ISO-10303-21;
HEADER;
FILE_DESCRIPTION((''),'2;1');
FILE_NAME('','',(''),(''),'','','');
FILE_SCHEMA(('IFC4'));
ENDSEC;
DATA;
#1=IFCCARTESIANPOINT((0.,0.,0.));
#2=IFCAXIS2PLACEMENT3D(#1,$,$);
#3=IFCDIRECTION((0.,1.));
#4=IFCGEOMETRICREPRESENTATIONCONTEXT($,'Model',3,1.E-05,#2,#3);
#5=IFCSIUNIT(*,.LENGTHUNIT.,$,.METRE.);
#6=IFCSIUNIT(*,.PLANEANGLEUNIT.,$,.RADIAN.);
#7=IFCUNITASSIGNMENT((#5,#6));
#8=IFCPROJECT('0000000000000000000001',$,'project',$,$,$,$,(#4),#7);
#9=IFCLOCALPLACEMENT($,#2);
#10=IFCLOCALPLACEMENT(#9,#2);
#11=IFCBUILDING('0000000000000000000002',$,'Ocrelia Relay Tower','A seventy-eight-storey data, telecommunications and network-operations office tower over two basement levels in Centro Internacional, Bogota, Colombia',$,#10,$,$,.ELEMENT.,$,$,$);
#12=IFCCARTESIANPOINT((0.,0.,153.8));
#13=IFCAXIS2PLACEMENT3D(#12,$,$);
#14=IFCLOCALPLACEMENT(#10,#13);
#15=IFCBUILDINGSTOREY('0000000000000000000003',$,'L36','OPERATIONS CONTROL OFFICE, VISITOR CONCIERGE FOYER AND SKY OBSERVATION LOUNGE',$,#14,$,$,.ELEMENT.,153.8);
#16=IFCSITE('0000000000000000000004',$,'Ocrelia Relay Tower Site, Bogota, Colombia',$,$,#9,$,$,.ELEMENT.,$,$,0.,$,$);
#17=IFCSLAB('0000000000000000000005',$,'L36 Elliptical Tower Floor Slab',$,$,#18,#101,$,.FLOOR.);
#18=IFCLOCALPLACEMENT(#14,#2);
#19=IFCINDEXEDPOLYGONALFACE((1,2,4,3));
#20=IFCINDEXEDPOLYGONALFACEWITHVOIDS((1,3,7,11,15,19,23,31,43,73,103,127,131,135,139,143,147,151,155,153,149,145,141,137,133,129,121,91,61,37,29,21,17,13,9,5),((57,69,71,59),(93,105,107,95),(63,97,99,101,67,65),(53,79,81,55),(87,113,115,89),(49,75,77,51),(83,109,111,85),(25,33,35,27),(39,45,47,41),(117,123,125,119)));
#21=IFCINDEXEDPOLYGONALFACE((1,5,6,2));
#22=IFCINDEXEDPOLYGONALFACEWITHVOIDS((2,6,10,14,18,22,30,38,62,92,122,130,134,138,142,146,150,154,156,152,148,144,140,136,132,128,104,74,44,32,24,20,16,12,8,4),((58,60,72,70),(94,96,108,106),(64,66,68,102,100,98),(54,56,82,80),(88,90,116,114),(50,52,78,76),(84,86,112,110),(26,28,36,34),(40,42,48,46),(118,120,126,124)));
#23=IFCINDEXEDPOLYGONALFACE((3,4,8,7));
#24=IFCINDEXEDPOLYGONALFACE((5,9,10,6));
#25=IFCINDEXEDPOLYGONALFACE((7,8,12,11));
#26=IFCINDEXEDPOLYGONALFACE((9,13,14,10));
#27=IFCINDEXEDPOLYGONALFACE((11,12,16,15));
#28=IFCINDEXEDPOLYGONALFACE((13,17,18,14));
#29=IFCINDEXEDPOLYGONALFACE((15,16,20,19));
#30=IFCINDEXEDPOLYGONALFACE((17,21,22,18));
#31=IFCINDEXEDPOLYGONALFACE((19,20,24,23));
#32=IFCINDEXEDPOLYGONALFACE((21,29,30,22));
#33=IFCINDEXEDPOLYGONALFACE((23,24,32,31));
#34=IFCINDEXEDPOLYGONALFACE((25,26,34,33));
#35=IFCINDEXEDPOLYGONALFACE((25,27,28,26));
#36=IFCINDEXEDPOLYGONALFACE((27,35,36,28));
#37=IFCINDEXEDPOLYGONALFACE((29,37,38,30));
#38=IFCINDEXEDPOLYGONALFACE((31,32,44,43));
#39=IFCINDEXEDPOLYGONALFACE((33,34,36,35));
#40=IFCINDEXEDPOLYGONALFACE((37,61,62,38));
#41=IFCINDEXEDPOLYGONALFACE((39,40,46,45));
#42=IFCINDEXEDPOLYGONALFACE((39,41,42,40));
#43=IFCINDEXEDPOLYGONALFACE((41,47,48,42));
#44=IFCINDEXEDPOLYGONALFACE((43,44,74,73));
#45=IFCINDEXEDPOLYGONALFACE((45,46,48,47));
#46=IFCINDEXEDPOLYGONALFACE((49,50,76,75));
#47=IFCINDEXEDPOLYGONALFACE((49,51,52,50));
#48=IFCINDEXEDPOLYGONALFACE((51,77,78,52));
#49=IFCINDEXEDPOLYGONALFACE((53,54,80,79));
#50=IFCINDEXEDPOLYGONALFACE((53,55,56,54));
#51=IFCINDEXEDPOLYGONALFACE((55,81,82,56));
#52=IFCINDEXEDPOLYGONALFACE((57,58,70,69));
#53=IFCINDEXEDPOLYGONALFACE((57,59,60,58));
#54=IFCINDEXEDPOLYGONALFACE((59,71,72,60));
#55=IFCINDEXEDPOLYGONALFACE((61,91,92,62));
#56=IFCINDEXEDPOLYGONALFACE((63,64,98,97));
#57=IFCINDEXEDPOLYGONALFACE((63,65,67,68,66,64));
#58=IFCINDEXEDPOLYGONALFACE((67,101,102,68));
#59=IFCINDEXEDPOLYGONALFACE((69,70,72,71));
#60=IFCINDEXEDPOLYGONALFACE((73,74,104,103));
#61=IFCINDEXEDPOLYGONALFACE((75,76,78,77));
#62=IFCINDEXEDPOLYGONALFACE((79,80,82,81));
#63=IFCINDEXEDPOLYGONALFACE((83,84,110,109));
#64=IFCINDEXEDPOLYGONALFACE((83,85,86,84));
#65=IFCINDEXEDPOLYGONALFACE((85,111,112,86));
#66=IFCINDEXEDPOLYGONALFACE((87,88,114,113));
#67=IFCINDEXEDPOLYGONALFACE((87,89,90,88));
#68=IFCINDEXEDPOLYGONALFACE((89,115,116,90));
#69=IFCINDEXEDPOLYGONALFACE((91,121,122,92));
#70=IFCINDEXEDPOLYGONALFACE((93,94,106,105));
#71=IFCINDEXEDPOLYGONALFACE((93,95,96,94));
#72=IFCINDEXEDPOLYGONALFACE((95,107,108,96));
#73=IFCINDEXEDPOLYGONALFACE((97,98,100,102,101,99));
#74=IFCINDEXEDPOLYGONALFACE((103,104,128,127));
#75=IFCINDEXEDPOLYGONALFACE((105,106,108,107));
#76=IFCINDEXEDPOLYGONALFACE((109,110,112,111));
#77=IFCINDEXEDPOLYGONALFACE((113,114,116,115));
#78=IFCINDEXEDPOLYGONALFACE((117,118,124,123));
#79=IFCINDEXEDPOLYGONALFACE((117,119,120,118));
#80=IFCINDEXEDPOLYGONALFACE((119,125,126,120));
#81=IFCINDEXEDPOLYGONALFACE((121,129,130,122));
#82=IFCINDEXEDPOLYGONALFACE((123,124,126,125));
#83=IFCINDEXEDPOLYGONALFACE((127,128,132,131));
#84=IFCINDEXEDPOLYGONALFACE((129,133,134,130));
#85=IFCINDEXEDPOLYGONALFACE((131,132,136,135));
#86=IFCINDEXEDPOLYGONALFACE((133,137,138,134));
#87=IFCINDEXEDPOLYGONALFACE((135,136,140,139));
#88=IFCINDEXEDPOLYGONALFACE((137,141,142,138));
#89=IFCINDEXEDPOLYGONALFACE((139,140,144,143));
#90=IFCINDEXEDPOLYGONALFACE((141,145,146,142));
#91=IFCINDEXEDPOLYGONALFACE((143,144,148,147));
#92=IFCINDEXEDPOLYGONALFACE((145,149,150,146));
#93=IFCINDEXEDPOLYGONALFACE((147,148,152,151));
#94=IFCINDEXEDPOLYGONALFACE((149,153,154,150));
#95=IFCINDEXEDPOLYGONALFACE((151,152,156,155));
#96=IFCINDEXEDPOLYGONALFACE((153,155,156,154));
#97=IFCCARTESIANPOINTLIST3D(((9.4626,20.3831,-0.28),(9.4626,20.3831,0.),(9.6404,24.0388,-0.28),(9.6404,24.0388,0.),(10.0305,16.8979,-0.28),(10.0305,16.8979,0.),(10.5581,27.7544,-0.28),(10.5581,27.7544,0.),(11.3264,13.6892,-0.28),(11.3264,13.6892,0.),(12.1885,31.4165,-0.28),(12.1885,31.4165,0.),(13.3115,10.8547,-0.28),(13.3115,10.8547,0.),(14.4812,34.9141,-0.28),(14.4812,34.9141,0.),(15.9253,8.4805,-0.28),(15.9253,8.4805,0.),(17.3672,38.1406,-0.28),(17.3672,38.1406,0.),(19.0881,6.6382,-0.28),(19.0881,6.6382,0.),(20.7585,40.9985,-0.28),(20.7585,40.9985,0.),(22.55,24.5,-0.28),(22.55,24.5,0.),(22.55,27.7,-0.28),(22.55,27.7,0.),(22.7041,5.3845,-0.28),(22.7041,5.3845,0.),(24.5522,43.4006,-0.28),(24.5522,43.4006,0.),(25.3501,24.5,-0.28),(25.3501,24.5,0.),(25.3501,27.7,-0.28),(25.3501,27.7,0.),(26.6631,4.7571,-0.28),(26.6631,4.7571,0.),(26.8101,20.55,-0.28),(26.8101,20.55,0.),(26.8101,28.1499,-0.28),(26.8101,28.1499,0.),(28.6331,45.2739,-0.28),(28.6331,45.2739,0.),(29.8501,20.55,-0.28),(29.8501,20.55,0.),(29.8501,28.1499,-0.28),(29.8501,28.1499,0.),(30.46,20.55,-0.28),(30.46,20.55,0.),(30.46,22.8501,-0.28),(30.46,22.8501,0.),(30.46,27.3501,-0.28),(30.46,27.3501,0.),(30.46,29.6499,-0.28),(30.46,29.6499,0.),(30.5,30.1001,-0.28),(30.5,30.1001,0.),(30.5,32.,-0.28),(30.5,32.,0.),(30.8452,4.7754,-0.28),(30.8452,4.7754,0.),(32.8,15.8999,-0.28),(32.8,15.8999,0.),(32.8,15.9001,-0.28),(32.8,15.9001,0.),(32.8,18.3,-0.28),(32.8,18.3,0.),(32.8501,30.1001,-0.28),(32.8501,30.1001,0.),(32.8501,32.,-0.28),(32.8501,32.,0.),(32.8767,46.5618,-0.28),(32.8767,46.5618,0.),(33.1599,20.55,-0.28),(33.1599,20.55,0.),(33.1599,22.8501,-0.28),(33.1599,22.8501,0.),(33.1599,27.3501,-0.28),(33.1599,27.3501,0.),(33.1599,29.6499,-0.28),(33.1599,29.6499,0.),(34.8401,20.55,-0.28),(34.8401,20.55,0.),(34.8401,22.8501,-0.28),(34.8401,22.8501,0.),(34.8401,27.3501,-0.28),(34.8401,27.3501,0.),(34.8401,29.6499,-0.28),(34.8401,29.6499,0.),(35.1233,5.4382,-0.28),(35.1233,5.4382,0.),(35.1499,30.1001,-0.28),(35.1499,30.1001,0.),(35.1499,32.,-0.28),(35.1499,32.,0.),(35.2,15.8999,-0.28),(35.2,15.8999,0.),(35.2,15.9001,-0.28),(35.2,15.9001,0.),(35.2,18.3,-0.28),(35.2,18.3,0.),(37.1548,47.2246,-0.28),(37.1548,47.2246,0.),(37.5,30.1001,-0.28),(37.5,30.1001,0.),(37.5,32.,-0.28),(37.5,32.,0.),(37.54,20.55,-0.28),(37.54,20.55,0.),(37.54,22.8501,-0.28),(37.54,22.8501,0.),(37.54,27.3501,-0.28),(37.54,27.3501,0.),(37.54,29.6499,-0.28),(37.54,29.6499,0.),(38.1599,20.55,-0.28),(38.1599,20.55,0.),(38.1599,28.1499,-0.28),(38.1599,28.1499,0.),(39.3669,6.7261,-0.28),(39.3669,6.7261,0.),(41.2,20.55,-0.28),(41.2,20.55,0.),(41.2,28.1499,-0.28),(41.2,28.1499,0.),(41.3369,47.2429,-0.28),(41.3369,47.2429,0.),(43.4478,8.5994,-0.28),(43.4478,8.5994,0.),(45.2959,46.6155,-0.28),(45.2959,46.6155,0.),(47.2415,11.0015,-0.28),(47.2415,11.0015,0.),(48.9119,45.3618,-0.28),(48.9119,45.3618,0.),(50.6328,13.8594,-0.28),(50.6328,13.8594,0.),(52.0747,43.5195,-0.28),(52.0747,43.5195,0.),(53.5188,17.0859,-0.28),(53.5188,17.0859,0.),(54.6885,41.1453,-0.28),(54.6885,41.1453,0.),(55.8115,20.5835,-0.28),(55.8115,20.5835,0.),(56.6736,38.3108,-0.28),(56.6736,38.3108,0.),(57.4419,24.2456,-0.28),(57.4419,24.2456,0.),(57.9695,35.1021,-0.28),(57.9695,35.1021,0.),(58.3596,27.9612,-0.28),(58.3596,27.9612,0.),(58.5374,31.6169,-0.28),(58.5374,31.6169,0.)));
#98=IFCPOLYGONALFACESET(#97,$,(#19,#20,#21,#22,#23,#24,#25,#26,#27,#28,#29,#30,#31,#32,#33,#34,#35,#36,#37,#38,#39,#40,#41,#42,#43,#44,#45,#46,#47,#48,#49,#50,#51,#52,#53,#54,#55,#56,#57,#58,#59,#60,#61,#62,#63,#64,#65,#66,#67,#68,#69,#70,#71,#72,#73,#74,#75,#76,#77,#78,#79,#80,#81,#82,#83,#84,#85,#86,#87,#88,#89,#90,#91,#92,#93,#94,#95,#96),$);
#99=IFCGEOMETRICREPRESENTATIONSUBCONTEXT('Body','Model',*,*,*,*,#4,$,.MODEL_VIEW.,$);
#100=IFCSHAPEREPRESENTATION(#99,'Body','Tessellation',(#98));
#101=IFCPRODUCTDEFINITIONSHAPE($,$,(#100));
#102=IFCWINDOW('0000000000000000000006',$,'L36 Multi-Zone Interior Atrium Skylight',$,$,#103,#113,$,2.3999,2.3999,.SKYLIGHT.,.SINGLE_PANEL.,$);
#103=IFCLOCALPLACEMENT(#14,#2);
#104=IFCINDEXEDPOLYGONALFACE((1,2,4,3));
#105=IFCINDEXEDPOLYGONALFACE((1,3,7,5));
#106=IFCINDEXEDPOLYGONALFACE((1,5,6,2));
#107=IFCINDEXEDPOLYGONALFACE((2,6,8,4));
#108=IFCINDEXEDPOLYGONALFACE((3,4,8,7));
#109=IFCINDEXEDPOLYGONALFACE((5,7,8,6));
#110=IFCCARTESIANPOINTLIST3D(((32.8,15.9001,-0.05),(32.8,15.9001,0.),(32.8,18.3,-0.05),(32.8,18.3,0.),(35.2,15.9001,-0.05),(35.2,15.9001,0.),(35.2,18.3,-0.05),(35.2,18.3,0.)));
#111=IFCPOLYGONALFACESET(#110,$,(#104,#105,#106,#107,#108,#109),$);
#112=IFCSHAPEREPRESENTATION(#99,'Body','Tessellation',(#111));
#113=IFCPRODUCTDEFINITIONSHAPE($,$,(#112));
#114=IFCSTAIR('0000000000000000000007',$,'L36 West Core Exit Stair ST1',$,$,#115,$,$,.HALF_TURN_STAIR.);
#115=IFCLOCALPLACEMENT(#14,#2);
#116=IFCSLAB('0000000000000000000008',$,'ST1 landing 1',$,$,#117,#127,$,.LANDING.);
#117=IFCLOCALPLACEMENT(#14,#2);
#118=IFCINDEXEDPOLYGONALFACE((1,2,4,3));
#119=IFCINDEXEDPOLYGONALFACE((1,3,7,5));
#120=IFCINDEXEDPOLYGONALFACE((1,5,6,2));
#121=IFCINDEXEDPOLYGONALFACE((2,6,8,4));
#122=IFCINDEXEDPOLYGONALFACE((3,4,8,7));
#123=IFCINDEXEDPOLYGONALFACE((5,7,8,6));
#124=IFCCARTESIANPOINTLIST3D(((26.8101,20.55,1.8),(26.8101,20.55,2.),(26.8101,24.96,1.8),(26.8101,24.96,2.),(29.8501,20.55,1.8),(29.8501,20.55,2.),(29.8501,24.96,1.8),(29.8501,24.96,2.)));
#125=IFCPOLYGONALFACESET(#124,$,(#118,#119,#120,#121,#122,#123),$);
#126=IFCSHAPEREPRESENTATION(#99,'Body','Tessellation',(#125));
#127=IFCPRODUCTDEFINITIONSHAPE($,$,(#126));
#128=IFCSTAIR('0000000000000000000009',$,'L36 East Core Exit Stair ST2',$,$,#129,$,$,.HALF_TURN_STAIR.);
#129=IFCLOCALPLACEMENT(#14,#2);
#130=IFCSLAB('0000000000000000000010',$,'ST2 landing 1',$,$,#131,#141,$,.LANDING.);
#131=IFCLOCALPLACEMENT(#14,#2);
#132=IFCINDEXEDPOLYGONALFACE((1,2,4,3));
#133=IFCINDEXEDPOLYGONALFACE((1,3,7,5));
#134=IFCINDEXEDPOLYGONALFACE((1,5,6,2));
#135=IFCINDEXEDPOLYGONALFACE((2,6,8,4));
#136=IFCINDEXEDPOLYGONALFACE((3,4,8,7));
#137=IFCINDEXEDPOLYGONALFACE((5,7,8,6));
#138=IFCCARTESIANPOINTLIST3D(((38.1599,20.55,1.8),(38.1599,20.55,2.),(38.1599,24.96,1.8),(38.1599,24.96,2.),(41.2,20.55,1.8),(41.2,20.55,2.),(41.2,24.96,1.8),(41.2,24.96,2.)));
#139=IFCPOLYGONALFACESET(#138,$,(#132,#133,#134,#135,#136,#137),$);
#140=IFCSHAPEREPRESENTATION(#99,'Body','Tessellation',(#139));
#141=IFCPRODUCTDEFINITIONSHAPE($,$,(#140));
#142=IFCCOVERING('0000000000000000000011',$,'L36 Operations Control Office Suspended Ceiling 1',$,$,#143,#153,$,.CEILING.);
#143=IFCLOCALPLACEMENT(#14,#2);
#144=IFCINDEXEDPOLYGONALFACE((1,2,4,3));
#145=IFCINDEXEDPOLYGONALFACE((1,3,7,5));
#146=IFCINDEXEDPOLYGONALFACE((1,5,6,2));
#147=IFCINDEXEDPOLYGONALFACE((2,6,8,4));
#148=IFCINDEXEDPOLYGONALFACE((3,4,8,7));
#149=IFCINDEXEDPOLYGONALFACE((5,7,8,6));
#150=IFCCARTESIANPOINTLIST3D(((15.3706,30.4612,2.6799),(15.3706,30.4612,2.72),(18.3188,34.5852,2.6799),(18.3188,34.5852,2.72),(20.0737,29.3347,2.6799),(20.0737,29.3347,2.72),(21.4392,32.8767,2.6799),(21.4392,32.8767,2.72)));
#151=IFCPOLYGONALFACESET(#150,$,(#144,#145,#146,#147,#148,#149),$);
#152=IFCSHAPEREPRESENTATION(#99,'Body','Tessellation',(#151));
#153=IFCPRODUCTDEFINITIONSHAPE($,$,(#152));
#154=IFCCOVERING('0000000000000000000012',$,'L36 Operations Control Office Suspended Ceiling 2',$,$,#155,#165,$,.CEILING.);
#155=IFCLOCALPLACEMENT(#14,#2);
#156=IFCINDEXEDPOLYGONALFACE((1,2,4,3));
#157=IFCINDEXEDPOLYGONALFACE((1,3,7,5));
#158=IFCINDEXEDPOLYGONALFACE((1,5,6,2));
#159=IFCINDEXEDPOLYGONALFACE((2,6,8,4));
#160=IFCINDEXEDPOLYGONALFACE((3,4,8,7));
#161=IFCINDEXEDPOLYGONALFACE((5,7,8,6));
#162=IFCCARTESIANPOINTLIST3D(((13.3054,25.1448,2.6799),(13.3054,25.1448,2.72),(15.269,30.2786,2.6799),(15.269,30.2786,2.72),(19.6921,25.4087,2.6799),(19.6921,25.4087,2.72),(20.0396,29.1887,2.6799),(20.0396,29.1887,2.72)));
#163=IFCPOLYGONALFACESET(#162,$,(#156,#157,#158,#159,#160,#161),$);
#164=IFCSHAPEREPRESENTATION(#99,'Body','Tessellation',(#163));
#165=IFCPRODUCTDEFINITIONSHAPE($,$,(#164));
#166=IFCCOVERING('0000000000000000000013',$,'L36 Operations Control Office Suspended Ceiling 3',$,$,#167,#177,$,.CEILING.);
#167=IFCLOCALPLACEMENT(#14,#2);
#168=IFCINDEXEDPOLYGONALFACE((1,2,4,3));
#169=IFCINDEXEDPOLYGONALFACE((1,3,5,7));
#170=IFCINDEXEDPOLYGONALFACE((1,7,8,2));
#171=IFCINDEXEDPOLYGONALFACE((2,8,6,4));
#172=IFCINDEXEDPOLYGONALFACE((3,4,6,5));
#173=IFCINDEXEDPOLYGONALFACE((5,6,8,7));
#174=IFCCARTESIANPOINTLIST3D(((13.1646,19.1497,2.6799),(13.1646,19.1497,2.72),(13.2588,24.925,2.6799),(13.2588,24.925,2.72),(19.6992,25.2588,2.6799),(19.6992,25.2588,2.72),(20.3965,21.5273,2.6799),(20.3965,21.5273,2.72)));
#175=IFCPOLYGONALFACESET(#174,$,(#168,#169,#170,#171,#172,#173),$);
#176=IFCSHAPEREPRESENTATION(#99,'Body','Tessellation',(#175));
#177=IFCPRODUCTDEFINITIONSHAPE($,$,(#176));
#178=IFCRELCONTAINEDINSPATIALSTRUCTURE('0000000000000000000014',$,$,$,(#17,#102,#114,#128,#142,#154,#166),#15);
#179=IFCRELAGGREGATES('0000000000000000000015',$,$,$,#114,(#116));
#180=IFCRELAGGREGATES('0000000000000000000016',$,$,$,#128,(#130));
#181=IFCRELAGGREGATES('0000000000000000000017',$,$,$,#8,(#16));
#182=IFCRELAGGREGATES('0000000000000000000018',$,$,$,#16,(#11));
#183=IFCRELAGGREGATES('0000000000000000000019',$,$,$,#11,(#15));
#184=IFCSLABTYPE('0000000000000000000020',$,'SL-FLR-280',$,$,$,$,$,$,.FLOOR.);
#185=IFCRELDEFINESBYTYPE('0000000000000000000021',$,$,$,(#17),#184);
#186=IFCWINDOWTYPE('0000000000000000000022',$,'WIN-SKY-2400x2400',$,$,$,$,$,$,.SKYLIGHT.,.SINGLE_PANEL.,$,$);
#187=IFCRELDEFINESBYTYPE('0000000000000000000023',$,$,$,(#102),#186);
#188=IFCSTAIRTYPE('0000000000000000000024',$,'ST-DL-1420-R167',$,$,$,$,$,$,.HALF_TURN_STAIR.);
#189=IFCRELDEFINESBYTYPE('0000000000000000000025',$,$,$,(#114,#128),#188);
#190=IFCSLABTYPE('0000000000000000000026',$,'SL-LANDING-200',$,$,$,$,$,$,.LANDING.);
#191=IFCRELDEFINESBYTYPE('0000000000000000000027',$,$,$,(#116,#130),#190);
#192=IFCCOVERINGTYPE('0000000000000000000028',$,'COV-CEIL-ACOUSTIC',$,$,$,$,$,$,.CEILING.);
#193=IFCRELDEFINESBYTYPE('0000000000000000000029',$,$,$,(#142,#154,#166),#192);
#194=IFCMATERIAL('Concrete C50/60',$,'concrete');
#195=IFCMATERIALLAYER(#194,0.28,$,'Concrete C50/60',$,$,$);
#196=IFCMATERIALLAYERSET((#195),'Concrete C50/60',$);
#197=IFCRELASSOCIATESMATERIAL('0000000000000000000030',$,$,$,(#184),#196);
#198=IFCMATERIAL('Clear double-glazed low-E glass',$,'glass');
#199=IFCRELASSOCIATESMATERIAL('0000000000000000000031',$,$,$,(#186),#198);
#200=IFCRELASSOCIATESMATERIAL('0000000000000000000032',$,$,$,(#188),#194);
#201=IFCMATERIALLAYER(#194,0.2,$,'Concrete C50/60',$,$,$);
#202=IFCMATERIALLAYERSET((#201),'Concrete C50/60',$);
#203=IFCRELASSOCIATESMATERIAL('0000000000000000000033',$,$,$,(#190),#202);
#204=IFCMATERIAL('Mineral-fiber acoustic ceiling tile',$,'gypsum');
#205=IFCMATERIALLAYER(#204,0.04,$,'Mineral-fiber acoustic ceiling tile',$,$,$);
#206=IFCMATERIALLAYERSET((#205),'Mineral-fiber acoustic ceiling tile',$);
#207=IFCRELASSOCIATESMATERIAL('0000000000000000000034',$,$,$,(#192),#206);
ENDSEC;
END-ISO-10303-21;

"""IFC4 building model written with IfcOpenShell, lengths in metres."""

from ifc_helpers import new_model, si_unit, direction, frame, origin, origin_2d, place, context, subcontext, project, spatial, polyline, rectangle, outline, extrude, material, layer, layer_set, type_object, element, fill, aggregate, save


model = new_model("IFC4")

# Units and contexts
model_context = context("Model", 3, precision=1e-05, world=origin(), true_north=direction((0.0, 1.0)))
body_context = subcontext(model_context, "Body", "Model", "MODEL_VIEW")
ifc_project = project(units=[si_unit("LENGTHUNIT", "METRE"), si_unit("PLANEANGLEUNIT", "RADIAN")], contexts=[model_context])

# Site, building, storey
site_placement = place(None, origin())
site = spatial("IfcSite", under=ifc_project, at=site_placement, Name="Ocrelia Relay Tower Site, Bogota, Colombia", CompositionType="ELEMENT", RefElevation=0.0)
building_placement = place(site_placement, origin())
building = spatial("IfcBuilding", under=site, at=building_placement, Name="Ocrelia Relay Tower", Description="A seventy-eight-storey data, telecommunications and network-operations office tower over two basement levels in Centro Internacional, Bogota, Colombia", CompositionType="ELEMENT")
storey_placement = place(building_placement, frame((0.0, 0.0, 153.8)))
storey = spatial("IfcBuildingStorey", under=building, at=storey_placement, Name="L36", Description="OPERATIONS CONTROL OFFICE, VISITOR CONCIERGE FOYER AND SKY OBSERVATION LOUNGE", CompositionType="ELEMENT", Elevation=153.8)

# Shared definitions
ifc_material_1 = material(Name="Clear double-glazed low-E glass", Category="glass")

# Slab, opening, window
ifc_material_2 = material(Name="Concrete C50/60", Category="concrete")
ifc_layer_1 = layer(ifc_material_2, 0.28, Name="Concrete C50/60")
ifc_layer_set_1 = layer_set([ifc_layer_1], Name="Concrete C50/60")
slab_type_1 = type_object("IfcSlabType", Name="SL-FLR-280", PredefinedType="FLOOR", material=ifc_layer_set_1)
slab_1_placement = place(storey_placement, frame((0.0, 0.0, -0.28)))
slab_1 = element("IfcSlab", 1, at=slab_1_placement, inside=storey, type_object=slab_type_1, Name="L36 Elliptical Tower Floor Slab", PredefinedType="FLOOR", context=body_context, shape_type="SweptSolid", body=[
    extrude(outline(polyline([(56.6736, 38.3108), (54.6885, 41.1453), (52.0747, 43.5195), (48.9119, 45.3618), (45.2959, 46.6155), (41.3369, 47.2429), (37.1548, 47.2246), (32.8767, 46.5618), (28.6331, 45.2739), (24.5522, 43.4006), (20.7585, 40.9985), (17.3672, 38.1406), (14.4812, 34.9141), (12.1885, 31.4165), (10.5581, 27.7544), (9.6404, 24.0388), (9.4626, 20.3831), (10.0305, 16.8979), (11.3264, 13.6892), (13.3115, 10.8547), (15.9253, 8.4805), (19.0881, 6.6382), (22.7041, 5.3845), (26.6631, 4.7571), (30.8452, 4.7754), (35.1233, 5.4382), (39.3669, 6.7261), (43.4478, 8.5994), (47.2415, 11.0015), (50.6328, 13.8594), (53.5188, 17.0859), (55.8115, 20.5835), (57.4419, 24.2456), (58.3596, 27.9612), (58.5374, 31.6169), (57.9695, 35.1021), (56.6736, 38.3108)]), holes=[polyline([(26.8101, 28.1499), (26.8101, 20.55), (29.8501, 20.55), (29.8501, 28.1499), (26.8101, 28.1499)]), polyline([(38.1599, 28.1499), (38.1599, 20.55), (41.2, 20.55), (41.2, 28.1499), (38.1599, 28.1499)]), polyline([(30.46, 20.55), (33.1599, 20.55), (33.1599, 22.8501), (30.46, 22.8501), (30.46, 20.55)]), polyline([(34.8401, 20.55), (37.54, 20.55), (37.54, 22.8501), (34.8401, 22.8501), (34.8401, 20.55)]), polyline([(30.46, 27.3501), (33.1599, 27.3501), (33.1599, 29.6499), (30.46, 29.6499), (30.46, 27.3501)]), polyline([(34.8401, 27.3501), (37.54, 27.3501), (37.54, 29.6499), (34.8401, 29.6499), (34.8401, 27.3501)]), polyline([(30.5, 30.1001), (32.8501, 30.1001), (32.8501, 32.0), (30.5, 32.0), (30.5, 30.1001)]), polyline([(35.1499, 30.1001), (37.5, 30.1001), (37.5, 32.0), (35.1499, 32.0), (35.1499, 30.1001)]), polyline([(22.55, 24.5), (25.3501, 24.5), (25.3501, 27.7), (22.55, 27.7), (22.55, 24.5)]), polyline([(32.8, 15.8999), (35.2, 15.8999), (35.2, 18.3), (32.8, 18.3), (32.8, 15.8999)])]), origin(), (0.0, 0.0, 1.0), 0.28),
])
opening_placement = place(slab_1_placement, frame((34.0, 17.1001, 0.0)))
opening = element("IfcOpeningElement", 2, at=opening_placement, cuts=slab_1, PredefinedType="OPENING", context=body_context, shape_type="SweptSolid", body=[
    extrude(rectangle(XDim=2.3999, YDim=2.3999, at=origin_2d()), frame((0.0, 0.0, -0.01)), (0.0, 0.0, 1.0), 0.3),
])
window_type = type_object("IfcWindowType", Name="WIN-SKY-2400x2400", PartitioningType="SINGLE_PANEL", PredefinedType="SKYLIGHT", material=ifc_material_1)
window_placement = place(opening_placement, frame((0.0, 0.0, 0.23)))
window = element("IfcWindow", 3, at=window_placement, inside=storey, type_object=window_type, Name="L36 Multi-Zone Interior Atrium Skylight", OverallHeight=2.3999, OverallWidth=2.3999, PartitioningType="SINGLE_PANEL", PredefinedType="SKYLIGHT", context=body_context, shape_type="SweptSolid", body=[
    extrude(rectangle(XDim=2.3999, YDim=2.3999, at=origin_2d()), origin(), (0.0, 0.0, 1.0), 0.05),
])
fill(opening, window)

# Stairs, slabs
stair_type = type_object("IfcStairType", Name="ST-DL-1420-R167", PredefinedType="HALF_TURN_STAIR", material=ifc_material_2)
stair_1_placement = place(storey_placement, origin())
stair_1 = element("IfcStair", 4, at=stair_1_placement, inside=storey, type_object=stair_type, Name="L36 West Core Exit Stair ST1", PredefinedType="HALF_TURN_STAIR")
ifc_layer_2 = layer(ifc_material_2, 0.2, Name="Concrete C50/60")
ifc_layer_set_2 = layer_set([ifc_layer_2], Name="Concrete C50/60")
slab_type_2 = type_object("IfcSlabType", Name="SL-LANDING-200", PredefinedType="LANDING", material=ifc_layer_set_2)
slab_2_placement = place(storey_placement, frame((0.0, 0.0, 1.8)))
slab_2 = element("IfcSlab", 5, at=slab_2_placement, type_object=slab_type_2, Name="ST1 landing 1", PredefinedType="LANDING", context=body_context, shape_type="SweptSolid", body=[
    extrude(outline(polyline([(26.8101, 24.96), (26.8101, 20.55), (29.8501, 20.55), (29.8501, 24.96), (26.8101, 24.96)])), origin(), (0.0, 0.0, 1.0), 0.2),
])
aggregate(stair_1, [slab_2])
stair_2_placement = place(storey_placement, origin())
stair_2 = element("IfcStair", 6, at=stair_2_placement, inside=storey, type_object=stair_type, Name="L36 East Core Exit Stair ST2", PredefinedType="HALF_TURN_STAIR")
slab_3_placement = place(storey_placement, frame((0.0, 0.0, 1.8)))
slab_3 = element("IfcSlab", 7, at=slab_3_placement, type_object=slab_type_2, Name="ST2 landing 1", PredefinedType="LANDING", context=body_context, shape_type="SweptSolid", body=[
    extrude(outline(polyline([(38.1599, 24.96), (38.1599, 20.55), (41.2, 20.55), (41.2, 24.96), (38.1599, 24.96)])), origin(), (0.0, 0.0, 1.0), 0.2),
])
aggregate(stair_2, [slab_3])

# Coverings
ifc_material_3 = material(Name="Mineral-fiber acoustic ceiling tile", Category="gypsum")
ifc_layer_3 = layer(ifc_material_3, 0.04, Name="Mineral-fiber acoustic ceiling tile")
ifc_layer_set_3 = layer_set([ifc_layer_3], Name="Mineral-fiber acoustic ceiling tile")
covering_type = type_object("IfcCoveringType", Name="COV-CEIL-ACOUSTIC", PredefinedType="CEILING", material=ifc_layer_set_3)
covering_1_placement = place(storey_placement, frame((0.0, 0.0, 2.6799)))
element("IfcCovering", 8, at=covering_1_placement, inside=storey, type_object=covering_type, Name="L36 Operations Control Office Suspended Ceiling 1", PredefinedType="CEILING", context=body_context, shape_type="SweptSolid", body=[
    extrude(outline(polyline([(21.4392, 32.8767), (18.3188, 34.5852), (15.3706, 30.4612), (20.0737, 29.3347), (21.4392, 32.8767)])), origin(), (0.0, 0.0, 1.0), 0.04),
])
covering_2_placement = place(storey_placement, frame((0.0, 0.0, 2.6799)))
element("IfcCovering", 9, at=covering_2_placement, inside=storey, type_object=covering_type, Name="L36 Operations Control Office Suspended Ceiling 2", PredefinedType="CEILING", context=body_context, shape_type="SweptSolid", body=[
    extrude(outline(polyline([(20.0396, 29.1887), (15.269, 30.2786), (13.3054, 25.1448), (19.6921, 25.4087), (20.0396, 29.1887)])), origin(), (0.0, 0.0, 1.0), 0.04),
])
covering_3_placement = place(storey_placement, frame((0.0, 0.0, 2.6799)))
element("IfcCovering", 10, at=covering_3_placement, inside=storey, type_object=covering_type, Name="L36 Operations Control Office Suspended Ceiling 3", PredefinedType="CEILING", context=body_context, shape_type="SweptSolid", body=[
    extrude(outline(polyline([(19.6992, 25.2588), (13.2588, 24.925), (13.1646, 19.1497), (20.3965, 21.5273), (19.6992, 25.2588)])), origin(), (0.0, 0.0, 1.0), 0.04),
])

save(model, "model.ifc")
